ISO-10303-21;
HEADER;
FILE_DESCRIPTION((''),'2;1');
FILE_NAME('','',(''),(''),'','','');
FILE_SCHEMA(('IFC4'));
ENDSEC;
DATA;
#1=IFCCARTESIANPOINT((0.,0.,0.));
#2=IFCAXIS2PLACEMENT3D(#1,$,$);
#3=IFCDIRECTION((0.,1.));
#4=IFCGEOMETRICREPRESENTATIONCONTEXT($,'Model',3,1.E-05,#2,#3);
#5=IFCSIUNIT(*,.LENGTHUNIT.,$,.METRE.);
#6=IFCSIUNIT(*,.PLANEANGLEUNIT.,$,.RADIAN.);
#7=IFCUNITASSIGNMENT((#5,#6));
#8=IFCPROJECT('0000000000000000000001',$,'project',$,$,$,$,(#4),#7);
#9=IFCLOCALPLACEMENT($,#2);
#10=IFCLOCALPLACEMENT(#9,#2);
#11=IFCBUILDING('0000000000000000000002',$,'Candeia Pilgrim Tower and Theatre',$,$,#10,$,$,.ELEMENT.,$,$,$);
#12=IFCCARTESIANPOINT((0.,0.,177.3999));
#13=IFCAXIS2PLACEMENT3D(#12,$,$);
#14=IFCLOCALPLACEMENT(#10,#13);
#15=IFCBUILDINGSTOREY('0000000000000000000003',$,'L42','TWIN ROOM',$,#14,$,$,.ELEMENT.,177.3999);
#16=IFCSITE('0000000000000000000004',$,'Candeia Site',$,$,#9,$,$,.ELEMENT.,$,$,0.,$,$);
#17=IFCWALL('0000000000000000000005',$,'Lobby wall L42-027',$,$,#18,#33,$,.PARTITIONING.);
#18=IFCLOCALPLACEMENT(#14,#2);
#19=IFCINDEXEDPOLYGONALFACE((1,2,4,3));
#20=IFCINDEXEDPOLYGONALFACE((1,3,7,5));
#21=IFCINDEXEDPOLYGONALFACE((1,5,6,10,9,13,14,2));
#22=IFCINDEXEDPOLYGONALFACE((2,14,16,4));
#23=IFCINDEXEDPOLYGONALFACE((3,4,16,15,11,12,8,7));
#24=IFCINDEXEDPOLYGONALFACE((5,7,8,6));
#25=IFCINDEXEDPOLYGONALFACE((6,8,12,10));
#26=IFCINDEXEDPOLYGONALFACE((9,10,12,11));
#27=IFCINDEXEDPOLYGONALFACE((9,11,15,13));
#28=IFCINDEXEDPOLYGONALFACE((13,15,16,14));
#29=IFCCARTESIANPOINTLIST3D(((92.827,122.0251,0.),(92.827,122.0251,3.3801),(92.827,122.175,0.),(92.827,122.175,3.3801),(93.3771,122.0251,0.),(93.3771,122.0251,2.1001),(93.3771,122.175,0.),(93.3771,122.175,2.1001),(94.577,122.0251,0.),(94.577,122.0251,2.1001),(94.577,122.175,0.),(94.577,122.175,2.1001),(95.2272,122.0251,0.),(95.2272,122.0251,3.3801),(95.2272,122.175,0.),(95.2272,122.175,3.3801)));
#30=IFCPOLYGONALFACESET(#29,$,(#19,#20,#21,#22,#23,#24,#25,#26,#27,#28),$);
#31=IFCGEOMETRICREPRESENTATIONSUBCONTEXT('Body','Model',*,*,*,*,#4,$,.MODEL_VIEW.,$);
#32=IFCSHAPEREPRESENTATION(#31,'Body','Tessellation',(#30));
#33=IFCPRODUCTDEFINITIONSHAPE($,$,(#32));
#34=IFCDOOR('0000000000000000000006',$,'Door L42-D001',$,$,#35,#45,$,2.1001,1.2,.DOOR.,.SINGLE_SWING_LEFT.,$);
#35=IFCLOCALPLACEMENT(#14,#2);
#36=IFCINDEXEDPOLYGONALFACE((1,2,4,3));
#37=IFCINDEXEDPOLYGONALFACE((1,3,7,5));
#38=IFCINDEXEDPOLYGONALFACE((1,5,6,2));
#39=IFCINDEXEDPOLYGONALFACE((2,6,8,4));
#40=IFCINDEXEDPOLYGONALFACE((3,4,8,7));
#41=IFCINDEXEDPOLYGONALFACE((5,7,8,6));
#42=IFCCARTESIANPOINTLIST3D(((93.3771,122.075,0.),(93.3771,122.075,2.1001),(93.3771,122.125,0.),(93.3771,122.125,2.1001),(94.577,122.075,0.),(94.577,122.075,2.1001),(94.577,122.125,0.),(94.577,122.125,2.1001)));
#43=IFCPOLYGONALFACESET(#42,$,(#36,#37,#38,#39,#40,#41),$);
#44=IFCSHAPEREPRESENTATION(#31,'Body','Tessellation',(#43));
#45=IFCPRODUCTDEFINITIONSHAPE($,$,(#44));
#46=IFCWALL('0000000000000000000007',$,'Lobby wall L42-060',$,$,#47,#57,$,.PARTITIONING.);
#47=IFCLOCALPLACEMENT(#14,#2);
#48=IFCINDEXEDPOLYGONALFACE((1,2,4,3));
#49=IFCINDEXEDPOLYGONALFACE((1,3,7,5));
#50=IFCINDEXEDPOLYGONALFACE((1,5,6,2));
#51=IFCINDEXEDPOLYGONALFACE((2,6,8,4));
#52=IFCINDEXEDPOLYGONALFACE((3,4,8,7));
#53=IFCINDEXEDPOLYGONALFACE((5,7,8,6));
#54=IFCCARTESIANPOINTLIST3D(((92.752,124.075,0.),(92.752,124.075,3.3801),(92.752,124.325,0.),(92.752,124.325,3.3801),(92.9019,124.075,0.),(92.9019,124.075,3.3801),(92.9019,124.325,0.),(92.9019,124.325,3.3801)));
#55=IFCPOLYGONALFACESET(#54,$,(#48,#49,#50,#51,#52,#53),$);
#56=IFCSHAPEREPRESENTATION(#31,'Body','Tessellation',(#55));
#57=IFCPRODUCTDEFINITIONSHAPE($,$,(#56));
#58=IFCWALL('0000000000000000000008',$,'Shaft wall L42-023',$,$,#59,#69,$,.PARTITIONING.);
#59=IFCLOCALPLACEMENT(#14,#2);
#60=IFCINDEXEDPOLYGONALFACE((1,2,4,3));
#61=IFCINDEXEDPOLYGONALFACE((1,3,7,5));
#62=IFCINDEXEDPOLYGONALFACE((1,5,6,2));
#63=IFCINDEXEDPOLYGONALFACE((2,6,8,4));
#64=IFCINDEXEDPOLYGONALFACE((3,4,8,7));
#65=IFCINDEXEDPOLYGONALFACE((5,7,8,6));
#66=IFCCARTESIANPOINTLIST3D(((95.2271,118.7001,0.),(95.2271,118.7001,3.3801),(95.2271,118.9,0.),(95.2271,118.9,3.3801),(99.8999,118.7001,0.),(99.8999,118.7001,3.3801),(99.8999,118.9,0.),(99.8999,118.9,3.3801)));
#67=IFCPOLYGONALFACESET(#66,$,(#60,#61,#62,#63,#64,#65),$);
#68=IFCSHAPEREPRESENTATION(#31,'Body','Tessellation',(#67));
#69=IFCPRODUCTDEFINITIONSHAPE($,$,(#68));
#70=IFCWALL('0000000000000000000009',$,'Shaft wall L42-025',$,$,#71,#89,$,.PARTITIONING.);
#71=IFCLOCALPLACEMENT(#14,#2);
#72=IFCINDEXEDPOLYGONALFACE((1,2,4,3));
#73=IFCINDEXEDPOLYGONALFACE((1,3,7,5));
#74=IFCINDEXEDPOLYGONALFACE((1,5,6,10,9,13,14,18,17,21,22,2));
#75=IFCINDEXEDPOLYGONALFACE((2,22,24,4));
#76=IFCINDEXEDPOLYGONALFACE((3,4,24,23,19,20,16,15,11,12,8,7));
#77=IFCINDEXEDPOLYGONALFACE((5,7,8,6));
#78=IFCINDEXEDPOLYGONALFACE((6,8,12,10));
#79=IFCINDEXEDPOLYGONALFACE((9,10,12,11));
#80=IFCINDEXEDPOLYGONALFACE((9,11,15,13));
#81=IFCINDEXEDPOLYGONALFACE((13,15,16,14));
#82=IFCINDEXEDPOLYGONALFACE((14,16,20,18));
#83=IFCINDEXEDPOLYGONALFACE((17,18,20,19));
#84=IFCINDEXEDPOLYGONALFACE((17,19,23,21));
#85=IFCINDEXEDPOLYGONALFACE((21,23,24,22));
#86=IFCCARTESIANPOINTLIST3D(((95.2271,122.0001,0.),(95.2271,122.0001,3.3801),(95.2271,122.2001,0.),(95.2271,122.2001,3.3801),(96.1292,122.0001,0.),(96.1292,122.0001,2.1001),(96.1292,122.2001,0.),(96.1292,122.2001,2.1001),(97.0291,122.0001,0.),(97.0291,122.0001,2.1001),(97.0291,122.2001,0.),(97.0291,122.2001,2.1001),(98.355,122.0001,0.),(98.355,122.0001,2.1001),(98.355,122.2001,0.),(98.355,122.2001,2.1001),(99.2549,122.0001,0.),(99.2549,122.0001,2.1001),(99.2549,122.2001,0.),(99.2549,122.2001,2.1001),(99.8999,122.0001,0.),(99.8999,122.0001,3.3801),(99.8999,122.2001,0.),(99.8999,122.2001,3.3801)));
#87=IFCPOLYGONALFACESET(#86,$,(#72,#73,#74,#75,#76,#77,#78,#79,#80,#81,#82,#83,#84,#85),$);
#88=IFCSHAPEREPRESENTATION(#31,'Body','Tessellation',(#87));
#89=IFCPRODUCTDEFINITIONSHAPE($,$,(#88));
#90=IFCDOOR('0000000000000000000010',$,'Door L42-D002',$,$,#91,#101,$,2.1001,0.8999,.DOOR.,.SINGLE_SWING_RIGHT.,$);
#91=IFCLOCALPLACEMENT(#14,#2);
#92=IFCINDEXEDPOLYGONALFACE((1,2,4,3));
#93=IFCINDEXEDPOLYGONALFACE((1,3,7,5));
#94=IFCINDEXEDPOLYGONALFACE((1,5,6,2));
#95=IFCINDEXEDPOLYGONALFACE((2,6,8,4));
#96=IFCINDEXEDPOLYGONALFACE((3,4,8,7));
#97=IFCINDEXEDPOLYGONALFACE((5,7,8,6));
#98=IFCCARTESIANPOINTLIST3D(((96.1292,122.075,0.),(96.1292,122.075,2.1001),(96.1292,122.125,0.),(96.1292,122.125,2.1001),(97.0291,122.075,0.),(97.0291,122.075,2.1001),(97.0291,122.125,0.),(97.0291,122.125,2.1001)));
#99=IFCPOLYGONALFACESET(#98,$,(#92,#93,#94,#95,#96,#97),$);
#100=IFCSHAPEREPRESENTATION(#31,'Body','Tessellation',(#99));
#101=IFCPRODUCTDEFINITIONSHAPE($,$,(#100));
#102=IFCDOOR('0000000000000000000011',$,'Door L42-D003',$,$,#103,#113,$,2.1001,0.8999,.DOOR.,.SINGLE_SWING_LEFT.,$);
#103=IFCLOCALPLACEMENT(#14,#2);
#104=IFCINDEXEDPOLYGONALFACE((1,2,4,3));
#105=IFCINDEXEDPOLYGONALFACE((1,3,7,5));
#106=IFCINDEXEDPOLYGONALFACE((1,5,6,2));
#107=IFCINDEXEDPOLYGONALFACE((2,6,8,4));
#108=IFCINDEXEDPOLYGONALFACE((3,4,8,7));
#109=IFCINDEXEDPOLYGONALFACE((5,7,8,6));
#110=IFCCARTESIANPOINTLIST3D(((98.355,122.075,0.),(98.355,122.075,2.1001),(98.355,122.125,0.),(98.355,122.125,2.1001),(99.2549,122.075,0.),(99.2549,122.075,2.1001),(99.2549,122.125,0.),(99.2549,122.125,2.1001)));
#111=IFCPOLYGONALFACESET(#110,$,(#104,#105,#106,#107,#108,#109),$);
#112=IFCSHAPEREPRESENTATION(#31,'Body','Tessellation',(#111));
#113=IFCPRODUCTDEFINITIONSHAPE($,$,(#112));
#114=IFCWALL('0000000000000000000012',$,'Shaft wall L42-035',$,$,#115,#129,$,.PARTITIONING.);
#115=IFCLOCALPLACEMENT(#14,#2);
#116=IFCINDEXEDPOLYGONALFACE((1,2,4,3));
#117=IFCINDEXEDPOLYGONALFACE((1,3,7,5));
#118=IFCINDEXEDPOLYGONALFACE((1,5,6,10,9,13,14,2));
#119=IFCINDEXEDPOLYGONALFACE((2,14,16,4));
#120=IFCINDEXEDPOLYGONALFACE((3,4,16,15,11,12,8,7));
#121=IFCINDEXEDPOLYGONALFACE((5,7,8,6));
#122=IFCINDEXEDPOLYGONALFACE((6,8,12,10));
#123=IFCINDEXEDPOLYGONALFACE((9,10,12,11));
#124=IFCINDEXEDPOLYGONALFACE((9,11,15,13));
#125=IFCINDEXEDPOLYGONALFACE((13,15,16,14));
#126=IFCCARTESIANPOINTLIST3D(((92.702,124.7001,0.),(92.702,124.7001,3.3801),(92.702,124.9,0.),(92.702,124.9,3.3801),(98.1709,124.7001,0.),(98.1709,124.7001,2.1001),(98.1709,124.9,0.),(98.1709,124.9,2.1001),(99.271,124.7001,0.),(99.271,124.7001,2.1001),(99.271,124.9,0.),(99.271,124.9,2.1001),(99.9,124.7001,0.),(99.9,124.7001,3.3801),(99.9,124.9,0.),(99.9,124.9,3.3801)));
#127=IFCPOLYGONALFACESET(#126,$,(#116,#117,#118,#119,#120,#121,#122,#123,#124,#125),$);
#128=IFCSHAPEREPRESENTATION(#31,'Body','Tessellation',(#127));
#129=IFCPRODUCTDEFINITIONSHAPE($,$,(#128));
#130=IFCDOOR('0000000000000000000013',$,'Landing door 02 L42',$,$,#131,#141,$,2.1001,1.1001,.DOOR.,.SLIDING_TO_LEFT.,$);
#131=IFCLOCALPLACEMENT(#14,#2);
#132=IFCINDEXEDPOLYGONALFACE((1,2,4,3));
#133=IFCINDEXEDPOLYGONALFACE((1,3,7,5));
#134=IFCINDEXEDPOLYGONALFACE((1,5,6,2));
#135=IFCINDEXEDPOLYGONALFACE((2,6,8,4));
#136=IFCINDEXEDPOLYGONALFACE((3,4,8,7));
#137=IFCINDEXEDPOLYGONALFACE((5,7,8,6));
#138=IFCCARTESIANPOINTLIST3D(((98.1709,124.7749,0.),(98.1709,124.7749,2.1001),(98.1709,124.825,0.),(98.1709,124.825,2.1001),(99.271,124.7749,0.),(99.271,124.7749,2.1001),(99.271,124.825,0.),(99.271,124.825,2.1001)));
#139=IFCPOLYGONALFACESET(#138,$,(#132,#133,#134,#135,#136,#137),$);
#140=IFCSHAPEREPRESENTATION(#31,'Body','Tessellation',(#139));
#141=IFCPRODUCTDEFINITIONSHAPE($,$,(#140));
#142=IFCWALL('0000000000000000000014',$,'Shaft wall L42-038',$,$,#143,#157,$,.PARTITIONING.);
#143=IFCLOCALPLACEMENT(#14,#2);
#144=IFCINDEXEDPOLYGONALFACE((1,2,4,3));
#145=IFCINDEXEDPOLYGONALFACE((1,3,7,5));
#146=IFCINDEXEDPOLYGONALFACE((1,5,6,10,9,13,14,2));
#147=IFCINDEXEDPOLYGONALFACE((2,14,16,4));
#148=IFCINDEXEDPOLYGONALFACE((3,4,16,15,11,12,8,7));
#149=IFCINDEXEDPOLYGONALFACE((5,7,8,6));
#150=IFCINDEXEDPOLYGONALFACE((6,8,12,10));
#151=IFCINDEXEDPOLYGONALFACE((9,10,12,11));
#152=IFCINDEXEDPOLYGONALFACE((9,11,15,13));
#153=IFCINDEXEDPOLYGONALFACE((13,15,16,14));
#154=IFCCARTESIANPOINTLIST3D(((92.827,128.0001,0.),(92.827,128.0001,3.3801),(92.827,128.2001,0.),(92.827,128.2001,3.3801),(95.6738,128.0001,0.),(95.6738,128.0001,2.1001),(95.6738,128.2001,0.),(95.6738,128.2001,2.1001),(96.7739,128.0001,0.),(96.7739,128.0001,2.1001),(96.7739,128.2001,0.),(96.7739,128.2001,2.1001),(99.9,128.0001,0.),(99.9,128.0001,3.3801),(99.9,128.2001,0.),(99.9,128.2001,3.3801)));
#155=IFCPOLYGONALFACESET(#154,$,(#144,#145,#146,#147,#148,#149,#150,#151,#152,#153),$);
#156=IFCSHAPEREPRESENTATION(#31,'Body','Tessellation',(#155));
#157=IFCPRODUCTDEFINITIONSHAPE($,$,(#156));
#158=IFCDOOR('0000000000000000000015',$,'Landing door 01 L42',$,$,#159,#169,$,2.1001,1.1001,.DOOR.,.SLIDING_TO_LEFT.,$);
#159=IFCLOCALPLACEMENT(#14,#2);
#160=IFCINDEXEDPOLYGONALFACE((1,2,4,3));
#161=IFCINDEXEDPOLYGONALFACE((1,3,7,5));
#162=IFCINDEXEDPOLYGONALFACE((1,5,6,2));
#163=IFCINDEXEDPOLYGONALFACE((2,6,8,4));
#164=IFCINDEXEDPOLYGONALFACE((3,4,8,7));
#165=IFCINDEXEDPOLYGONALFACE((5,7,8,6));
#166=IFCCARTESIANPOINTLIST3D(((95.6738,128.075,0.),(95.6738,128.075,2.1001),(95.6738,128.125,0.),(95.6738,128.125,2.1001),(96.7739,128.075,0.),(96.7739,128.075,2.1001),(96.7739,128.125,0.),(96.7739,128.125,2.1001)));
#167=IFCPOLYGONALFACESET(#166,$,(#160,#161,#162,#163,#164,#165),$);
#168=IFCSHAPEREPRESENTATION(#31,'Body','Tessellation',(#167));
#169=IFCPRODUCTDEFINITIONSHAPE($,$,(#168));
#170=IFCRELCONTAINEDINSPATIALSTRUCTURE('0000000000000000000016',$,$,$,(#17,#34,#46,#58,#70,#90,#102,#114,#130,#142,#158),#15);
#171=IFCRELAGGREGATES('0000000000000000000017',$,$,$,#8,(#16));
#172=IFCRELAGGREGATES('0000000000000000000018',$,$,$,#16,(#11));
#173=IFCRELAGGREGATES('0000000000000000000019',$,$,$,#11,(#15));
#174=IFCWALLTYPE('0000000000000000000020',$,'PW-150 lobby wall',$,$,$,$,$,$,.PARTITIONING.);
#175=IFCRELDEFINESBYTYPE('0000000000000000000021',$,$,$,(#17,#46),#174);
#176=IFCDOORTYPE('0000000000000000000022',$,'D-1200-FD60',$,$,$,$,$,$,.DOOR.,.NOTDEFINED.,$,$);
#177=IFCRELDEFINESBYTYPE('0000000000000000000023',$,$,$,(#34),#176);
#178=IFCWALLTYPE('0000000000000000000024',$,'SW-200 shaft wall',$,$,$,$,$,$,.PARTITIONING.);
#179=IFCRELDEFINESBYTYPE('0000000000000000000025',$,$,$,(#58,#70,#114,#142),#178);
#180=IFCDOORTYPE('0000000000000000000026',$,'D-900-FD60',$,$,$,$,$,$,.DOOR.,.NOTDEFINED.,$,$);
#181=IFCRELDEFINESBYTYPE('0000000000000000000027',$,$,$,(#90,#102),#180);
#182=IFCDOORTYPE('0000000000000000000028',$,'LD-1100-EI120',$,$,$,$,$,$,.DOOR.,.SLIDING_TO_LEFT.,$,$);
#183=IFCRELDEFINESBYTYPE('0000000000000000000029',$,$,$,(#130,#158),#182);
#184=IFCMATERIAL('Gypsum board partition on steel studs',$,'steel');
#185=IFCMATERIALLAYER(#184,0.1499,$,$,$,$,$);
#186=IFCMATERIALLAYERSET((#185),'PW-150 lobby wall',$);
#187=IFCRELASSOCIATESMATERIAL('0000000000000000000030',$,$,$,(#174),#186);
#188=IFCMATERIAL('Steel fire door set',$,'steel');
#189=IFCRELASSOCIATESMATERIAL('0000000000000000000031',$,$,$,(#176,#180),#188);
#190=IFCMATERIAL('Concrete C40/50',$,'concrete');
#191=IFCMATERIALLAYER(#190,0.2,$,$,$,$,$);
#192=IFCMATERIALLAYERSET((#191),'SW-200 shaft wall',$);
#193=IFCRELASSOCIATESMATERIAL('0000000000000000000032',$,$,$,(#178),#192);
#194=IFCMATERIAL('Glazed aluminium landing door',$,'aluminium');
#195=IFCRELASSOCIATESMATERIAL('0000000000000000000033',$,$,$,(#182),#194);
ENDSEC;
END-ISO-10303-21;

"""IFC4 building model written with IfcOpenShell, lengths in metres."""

from ifc_helpers import new_model, si_unit, direction, frame, frame_2d, origin, place, context, subcontext, project, spatial, rectangle, extrude, material, layer, layer_set, type_object, element, fill, save


model = new_model("IFC4")

# Units and contexts
model_context = context("Model", 3, precision=1e-05, world=origin(), true_north=direction((0.0, 1.0)))
body_context = subcontext(model_context, "Body", "Model", "MODEL_VIEW")
ifc_project = project(units=[si_unit("LENGTHUNIT", "METRE"), si_unit("PLANEANGLEUNIT", "RADIAN")], contexts=[model_context])

# Site, building, storey
site_placement = place(None, origin())
site = spatial("IfcSite", under=ifc_project, at=site_placement, Name="Candeia Site", CompositionType="ELEMENT", RefElevation=0.0)
building_placement = place(site_placement, origin())
building = spatial("IfcBuilding", under=site, at=building_placement, Name="Candeia Pilgrim Tower and Theatre", CompositionType="ELEMENT")
storey_placement = place(building_placement, frame((0.0, 0.0, 177.3999)))
storey = spatial("IfcBuildingStorey", under=building, at=storey_placement, Name="L42", Description="TWIN ROOM", CompositionType="ELEMENT", Elevation=177.3999)

# Wall, opening, door
ifc_material_1 = material(Name="Gypsum board partition on steel studs", Category="steel")
ifc_layer_1 = layer(ifc_material_1, 0.1499)
ifc_layer_set_1 = layer_set([ifc_layer_1], Name="PW-150 lobby wall")
wall_type_1 = type_object("IfcWallType", Name="PW-150 lobby wall", PredefinedType="PARTITIONING", material=ifc_layer_set_1)
wall_1_placement = place(storey_placement, frame((92.8269, 122.1001, 0.0), z_axis=(0.0, 0.0, 1.0), x_axis=(1.0, 0.0, 0.0)))
wall_1 = element("IfcWall", 1, at=wall_1_placement, inside=storey, type_object=wall_type_1, Name="Lobby wall L42-027", PredefinedType="PARTITIONING", context=body_context, shape_type="SweptSolid", body=[
    extrude(rectangle(XDim=2.4001, YDim=0.1499, at=frame_2d((1.2002, 0.0))), origin(), (0.0, 0.0, 1.0), 3.3801),
])
opening_1_placement = place(wall_1_placement, frame((0.55, 0.0, 0.0)))
opening_1 = element("IfcOpeningElement", 2, at=opening_1_placement, cuts=wall_1, PredefinedType="OPENING", context=body_context, shape_type="SweptSolid", body=[
    extrude(rectangle(XDim=1.2, YDim=2.1001, at=frame_2d((0.6001, 1.05))), frame((0.0, 0.085, 0.0), z_axis=(0.0, -1.0, 0.0), x_axis=(1.0, 0.0, 0.0)), (0.0, 0.0, 1.0), 0.1699),
])
ifc_material_2 = material(Name="Steel fire door set", Category="steel")
door_type_1 = type_object("IfcDoorType", Name="D-1200-FD60", OperationType="NOTDEFINED", PredefinedType="DOOR", material=ifc_material_2)
door_1_placement = place(opening_1_placement, origin())
door_1 = element("IfcDoor", 3, at=door_1_placement, inside=storey, type_object=door_type_1, Name="Door L42-D001", OperationType="SINGLE_SWING_LEFT", OverallHeight=2.1001, OverallWidth=1.2, PredefinedType="DOOR", context=body_context, shape_type="SweptSolid", body=[
    extrude(rectangle(XDim=1.2, YDim=2.1001, at=frame_2d((0.6001, 1.05))), frame((0.0, 0.0249, 0.0), z_axis=(0.0, -1.0, 0.0), x_axis=(1.0, 0.0, 0.0)), (0.0, 0.0, 1.0), 0.05),
])
fill(opening_1, door_1)

# Walls
wall_2_placement = place(storey_placement, frame((92.8269, 124.075, 0.0), z_axis=(0.0, 0.0, 1.0), x_axis=(0.0, 1.0, 0.0)))
element("IfcWall", 4, at=wall_2_placement, inside=storey, type_object=wall_type_1, Name="Lobby wall L42-060", PredefinedType="PARTITIONING", context=body_context, shape_type="SweptSolid", body=[
    extrude(rectangle(XDim=0.25, YDim=0.1499, at=frame_2d((0.125, 0.0))), origin(), (0.0, 0.0, 1.0), 3.3801),
])
ifc_material_3 = material(Name="Concrete C40/50", Category="concrete")
ifc_layer_2 = layer(ifc_material_3, 0.2)
ifc_layer_set_2 = layer_set([ifc_layer_2], Name="SW-200 shaft wall")
wall_type_2 = type_object("IfcWallType", Name="SW-200 shaft wall", PredefinedType="PARTITIONING", material=ifc_layer_set_2)
wall_3_placement = place(storey_placement, frame((95.2271, 118.8, 0.0), z_axis=(0.0, 0.0, 1.0), x_axis=(1.0, 0.0, 0.0)))
element("IfcWall", 5, at=wall_3_placement, inside=storey, type_object=wall_type_2, Name="Shaft wall L42-023", PredefinedType="PARTITIONING", context=body_context, shape_type="SweptSolid", body=[
    extrude(rectangle(XDim=4.6729, YDim=0.2, at=frame_2d((2.3364, 0.0))), origin(), (0.0, 0.0, 1.0), 3.3801),
])

# Wall, openings, doors
wall_4_placement = place(storey_placement, frame((95.2271, 122.1001, 0.0), z_axis=(0.0, 0.0, 1.0), x_axis=(1.0, 0.0, 0.0)))
wall_4 = element("IfcWall", 6, at=wall_4_placement, inside=storey, type_object=wall_type_2, Name="Shaft wall L42-025", PredefinedType="PARTITIONING", context=body_context, shape_type="SweptSolid", body=[
    extrude(rectangle(XDim=4.6729, YDim=0.2, at=frame_2d((2.3364, 0.0))), origin(), (0.0, 0.0, 1.0), 3.3801),
])
opening_2_placement = place(wall_4_placement, frame((0.9021, 0.0, 0.0)))
opening_2 = element("IfcOpeningElement", 7, at=opening_2_placement, cuts=wall_4, PredefinedType="OPENING", context=body_context, shape_type="SweptSolid", body=[
    extrude(rectangle(XDim=0.8999, YDim=2.1001, at=frame_2d((0.45, 1.05))), frame((0.0, 0.1099, 0.0), z_axis=(0.0, -1.0, 0.0), x_axis=(1.0, 0.0, 0.0)), (0.0, 0.0, 1.0), 0.22),
])
opening_3_placement = place(wall_4_placement, frame((3.1279, 0.0, 0.0)))
opening_3 = element("IfcOpeningElement", 8, at=opening_3_placement, cuts=wall_4, PredefinedType="OPENING", context=body_context, shape_type="SweptSolid", body=[
    extrude(rectangle(XDim=0.8999, YDim=2.1001, at=frame_2d((0.45, 1.05))), frame((0.0, 0.1099, 0.0), z_axis=(0.0, -1.0, 0.0), x_axis=(1.0, 0.0, 0.0)), (0.0, 0.0, 1.0), 0.22),
])
door_type_2 = type_object("IfcDoorType", Name="D-900-FD60", OperationType="NOTDEFINED", PredefinedType="DOOR", material=ifc_material_2)
door_2_placement = place(opening_2_placement, origin())
door_2 = element("IfcDoor", 9, at=door_2_placement, inside=storey, type_object=door_type_2, Name="Door L42-D002", OperationType="SINGLE_SWING_RIGHT", OverallHeight=2.1001, OverallWidth=0.8999, PredefinedType="DOOR", context=body_context, shape_type="SweptSolid", body=[
    extrude(rectangle(XDim=0.8999, YDim=2.1001, at=frame_2d((0.45, 1.05))), frame((0.0, 0.0249, 0.0), z_axis=(0.0, -1.0, 0.0), x_axis=(1.0, 0.0, 0.0)), (0.0, 0.0, 1.0), 0.05),
])
fill(opening_2, door_2)
door_3_placement = place(opening_3_placement, origin())
door_3 = element("IfcDoor", 10, at=door_3_placement, inside=storey, type_object=door_type_2, Name="Door L42-D003", OperationType="SINGLE_SWING_LEFT", OverallHeight=2.1001, OverallWidth=0.8999, PredefinedType="DOOR", context=body_context, shape_type="SweptSolid", body=[
    extrude(rectangle(XDim=0.8999, YDim=2.1001, at=frame_2d((0.45, 1.05))), frame((0.0, 0.0249, 0.0), z_axis=(0.0, -1.0, 0.0), x_axis=(1.0, 0.0, 0.0)), (0.0, 0.0, 1.0), 0.05),
])
fill(opening_3, door_3)

# Walls, openings, doors
wall_5_placement = place(storey_placement, frame((92.7019, 124.8, 0.0), z_axis=(0.0, 0.0, 1.0), x_axis=(1.0, 0.0, 0.0)))
wall_5 = element("IfcWall", 11, at=wall_5_placement, inside=storey, type_object=wall_type_2, Name="Shaft wall L42-035", PredefinedType="PARTITIONING", context=body_context, shape_type="SweptSolid", body=[
    extrude(rectangle(XDim=7.198, YDim=0.2, at=frame_2d((3.5991, 0.0))), origin(), (0.0, 0.0, 1.0), 3.3801),
])
opening_4_placement = place(wall_5_placement, frame((5.469, 0.0, 0.0)))
opening_4 = element("IfcOpeningElement", 12, at=opening_4_placement, cuts=wall_5, PredefinedType="OPENING", context=body_context, shape_type="SweptSolid", body=[
    extrude(rectangle(XDim=1.1001, YDim=2.1001, at=frame_2d((0.55, 1.05))), frame((0.0, 0.1099, 0.0), z_axis=(0.0, -1.0, 0.0), x_axis=(1.0, 0.0, 0.0)), (0.0, 0.0, 1.0), 0.22),
])
ifc_material_4 = material(Name="Glazed aluminium landing door", Category="aluminium")
door_type_3 = type_object("IfcDoorType", Name="LD-1100-EI120", OperationType="SLIDING_TO_LEFT", PredefinedType="DOOR", material=ifc_material_4)
door_4_placement = place(opening_4_placement, origin())
door_4 = element("IfcDoor", 13, at=door_4_placement, inside=storey, type_object=door_type_3, Name="Landing door 02 L42", OperationType="SLIDING_TO_LEFT", OverallHeight=2.1001, OverallWidth=1.1001, PredefinedType="DOOR", context=body_context, shape_type="SweptSolid", body=[
    extrude(rectangle(XDim=1.1001, YDim=2.1001, at=frame_2d((0.55, 1.05))), frame((0.0, 0.0249, 0.0), z_axis=(0.0, -1.0, 0.0), x_axis=(1.0, 0.0, 0.0)), (0.0, 0.0, 1.0), 0.05),
])
fill(opening_4, door_4)
wall_6_placement = place(storey_placement, frame((92.8269, 128.1001, 0.0), z_axis=(0.0, 0.0, 1.0), x_axis=(1.0, 0.0, 0.0)))
wall_6 = element("IfcWall", 14, at=wall_6_placement, inside=storey, type_object=wall_type_2, Name="Shaft wall L42-038", PredefinedType="PARTITIONING", context=body_context, shape_type="SweptSolid", body=[
    extrude(rectangle(XDim=7.073, YDim=0.2, at=frame_2d((3.5366, 0.0))), origin(), (0.0, 0.0, 1.0), 3.3801),
])
opening_5_placement = place(wall_6_placement, frame((2.8469, 0.0, 0.0)))
opening_5 = element("IfcOpeningElement", 15, at=opening_5_placement, cuts=wall_6, PredefinedType="OPENING", context=body_context, shape_type="SweptSolid", body=[
    extrude(rectangle(XDim=1.1001, YDim=2.1001, at=frame_2d((0.55, 1.05))), frame((0.0, 0.1099, 0.0), z_axis=(0.0, -1.0, 0.0), x_axis=(1.0, 0.0, 0.0)), (0.0, 0.0, 1.0), 0.22),
])
door_5_placement = place(opening_5_placement, origin())
door_5 = element("IfcDoor", 16, at=door_5_placement, inside=storey, type_object=door_type_3, Name="Landing door 01 L42", OperationType="SLIDING_TO_LEFT", OverallHeight=2.1001, OverallWidth=1.1001, PredefinedType="DOOR", context=body_context, shape_type="SweptSolid", body=[
    extrude(rectangle(XDim=1.1001, YDim=2.1001, at=frame_2d((0.55, 1.05))), frame((0.0, 0.0249, 0.0), z_axis=(0.0, -1.0, 0.0), x_axis=(1.0, 0.0, 0.0)), (0.0, 0.0, 1.0), 0.05),
])
fill(opening_5, door_5)

save(model, "model.ifc")
